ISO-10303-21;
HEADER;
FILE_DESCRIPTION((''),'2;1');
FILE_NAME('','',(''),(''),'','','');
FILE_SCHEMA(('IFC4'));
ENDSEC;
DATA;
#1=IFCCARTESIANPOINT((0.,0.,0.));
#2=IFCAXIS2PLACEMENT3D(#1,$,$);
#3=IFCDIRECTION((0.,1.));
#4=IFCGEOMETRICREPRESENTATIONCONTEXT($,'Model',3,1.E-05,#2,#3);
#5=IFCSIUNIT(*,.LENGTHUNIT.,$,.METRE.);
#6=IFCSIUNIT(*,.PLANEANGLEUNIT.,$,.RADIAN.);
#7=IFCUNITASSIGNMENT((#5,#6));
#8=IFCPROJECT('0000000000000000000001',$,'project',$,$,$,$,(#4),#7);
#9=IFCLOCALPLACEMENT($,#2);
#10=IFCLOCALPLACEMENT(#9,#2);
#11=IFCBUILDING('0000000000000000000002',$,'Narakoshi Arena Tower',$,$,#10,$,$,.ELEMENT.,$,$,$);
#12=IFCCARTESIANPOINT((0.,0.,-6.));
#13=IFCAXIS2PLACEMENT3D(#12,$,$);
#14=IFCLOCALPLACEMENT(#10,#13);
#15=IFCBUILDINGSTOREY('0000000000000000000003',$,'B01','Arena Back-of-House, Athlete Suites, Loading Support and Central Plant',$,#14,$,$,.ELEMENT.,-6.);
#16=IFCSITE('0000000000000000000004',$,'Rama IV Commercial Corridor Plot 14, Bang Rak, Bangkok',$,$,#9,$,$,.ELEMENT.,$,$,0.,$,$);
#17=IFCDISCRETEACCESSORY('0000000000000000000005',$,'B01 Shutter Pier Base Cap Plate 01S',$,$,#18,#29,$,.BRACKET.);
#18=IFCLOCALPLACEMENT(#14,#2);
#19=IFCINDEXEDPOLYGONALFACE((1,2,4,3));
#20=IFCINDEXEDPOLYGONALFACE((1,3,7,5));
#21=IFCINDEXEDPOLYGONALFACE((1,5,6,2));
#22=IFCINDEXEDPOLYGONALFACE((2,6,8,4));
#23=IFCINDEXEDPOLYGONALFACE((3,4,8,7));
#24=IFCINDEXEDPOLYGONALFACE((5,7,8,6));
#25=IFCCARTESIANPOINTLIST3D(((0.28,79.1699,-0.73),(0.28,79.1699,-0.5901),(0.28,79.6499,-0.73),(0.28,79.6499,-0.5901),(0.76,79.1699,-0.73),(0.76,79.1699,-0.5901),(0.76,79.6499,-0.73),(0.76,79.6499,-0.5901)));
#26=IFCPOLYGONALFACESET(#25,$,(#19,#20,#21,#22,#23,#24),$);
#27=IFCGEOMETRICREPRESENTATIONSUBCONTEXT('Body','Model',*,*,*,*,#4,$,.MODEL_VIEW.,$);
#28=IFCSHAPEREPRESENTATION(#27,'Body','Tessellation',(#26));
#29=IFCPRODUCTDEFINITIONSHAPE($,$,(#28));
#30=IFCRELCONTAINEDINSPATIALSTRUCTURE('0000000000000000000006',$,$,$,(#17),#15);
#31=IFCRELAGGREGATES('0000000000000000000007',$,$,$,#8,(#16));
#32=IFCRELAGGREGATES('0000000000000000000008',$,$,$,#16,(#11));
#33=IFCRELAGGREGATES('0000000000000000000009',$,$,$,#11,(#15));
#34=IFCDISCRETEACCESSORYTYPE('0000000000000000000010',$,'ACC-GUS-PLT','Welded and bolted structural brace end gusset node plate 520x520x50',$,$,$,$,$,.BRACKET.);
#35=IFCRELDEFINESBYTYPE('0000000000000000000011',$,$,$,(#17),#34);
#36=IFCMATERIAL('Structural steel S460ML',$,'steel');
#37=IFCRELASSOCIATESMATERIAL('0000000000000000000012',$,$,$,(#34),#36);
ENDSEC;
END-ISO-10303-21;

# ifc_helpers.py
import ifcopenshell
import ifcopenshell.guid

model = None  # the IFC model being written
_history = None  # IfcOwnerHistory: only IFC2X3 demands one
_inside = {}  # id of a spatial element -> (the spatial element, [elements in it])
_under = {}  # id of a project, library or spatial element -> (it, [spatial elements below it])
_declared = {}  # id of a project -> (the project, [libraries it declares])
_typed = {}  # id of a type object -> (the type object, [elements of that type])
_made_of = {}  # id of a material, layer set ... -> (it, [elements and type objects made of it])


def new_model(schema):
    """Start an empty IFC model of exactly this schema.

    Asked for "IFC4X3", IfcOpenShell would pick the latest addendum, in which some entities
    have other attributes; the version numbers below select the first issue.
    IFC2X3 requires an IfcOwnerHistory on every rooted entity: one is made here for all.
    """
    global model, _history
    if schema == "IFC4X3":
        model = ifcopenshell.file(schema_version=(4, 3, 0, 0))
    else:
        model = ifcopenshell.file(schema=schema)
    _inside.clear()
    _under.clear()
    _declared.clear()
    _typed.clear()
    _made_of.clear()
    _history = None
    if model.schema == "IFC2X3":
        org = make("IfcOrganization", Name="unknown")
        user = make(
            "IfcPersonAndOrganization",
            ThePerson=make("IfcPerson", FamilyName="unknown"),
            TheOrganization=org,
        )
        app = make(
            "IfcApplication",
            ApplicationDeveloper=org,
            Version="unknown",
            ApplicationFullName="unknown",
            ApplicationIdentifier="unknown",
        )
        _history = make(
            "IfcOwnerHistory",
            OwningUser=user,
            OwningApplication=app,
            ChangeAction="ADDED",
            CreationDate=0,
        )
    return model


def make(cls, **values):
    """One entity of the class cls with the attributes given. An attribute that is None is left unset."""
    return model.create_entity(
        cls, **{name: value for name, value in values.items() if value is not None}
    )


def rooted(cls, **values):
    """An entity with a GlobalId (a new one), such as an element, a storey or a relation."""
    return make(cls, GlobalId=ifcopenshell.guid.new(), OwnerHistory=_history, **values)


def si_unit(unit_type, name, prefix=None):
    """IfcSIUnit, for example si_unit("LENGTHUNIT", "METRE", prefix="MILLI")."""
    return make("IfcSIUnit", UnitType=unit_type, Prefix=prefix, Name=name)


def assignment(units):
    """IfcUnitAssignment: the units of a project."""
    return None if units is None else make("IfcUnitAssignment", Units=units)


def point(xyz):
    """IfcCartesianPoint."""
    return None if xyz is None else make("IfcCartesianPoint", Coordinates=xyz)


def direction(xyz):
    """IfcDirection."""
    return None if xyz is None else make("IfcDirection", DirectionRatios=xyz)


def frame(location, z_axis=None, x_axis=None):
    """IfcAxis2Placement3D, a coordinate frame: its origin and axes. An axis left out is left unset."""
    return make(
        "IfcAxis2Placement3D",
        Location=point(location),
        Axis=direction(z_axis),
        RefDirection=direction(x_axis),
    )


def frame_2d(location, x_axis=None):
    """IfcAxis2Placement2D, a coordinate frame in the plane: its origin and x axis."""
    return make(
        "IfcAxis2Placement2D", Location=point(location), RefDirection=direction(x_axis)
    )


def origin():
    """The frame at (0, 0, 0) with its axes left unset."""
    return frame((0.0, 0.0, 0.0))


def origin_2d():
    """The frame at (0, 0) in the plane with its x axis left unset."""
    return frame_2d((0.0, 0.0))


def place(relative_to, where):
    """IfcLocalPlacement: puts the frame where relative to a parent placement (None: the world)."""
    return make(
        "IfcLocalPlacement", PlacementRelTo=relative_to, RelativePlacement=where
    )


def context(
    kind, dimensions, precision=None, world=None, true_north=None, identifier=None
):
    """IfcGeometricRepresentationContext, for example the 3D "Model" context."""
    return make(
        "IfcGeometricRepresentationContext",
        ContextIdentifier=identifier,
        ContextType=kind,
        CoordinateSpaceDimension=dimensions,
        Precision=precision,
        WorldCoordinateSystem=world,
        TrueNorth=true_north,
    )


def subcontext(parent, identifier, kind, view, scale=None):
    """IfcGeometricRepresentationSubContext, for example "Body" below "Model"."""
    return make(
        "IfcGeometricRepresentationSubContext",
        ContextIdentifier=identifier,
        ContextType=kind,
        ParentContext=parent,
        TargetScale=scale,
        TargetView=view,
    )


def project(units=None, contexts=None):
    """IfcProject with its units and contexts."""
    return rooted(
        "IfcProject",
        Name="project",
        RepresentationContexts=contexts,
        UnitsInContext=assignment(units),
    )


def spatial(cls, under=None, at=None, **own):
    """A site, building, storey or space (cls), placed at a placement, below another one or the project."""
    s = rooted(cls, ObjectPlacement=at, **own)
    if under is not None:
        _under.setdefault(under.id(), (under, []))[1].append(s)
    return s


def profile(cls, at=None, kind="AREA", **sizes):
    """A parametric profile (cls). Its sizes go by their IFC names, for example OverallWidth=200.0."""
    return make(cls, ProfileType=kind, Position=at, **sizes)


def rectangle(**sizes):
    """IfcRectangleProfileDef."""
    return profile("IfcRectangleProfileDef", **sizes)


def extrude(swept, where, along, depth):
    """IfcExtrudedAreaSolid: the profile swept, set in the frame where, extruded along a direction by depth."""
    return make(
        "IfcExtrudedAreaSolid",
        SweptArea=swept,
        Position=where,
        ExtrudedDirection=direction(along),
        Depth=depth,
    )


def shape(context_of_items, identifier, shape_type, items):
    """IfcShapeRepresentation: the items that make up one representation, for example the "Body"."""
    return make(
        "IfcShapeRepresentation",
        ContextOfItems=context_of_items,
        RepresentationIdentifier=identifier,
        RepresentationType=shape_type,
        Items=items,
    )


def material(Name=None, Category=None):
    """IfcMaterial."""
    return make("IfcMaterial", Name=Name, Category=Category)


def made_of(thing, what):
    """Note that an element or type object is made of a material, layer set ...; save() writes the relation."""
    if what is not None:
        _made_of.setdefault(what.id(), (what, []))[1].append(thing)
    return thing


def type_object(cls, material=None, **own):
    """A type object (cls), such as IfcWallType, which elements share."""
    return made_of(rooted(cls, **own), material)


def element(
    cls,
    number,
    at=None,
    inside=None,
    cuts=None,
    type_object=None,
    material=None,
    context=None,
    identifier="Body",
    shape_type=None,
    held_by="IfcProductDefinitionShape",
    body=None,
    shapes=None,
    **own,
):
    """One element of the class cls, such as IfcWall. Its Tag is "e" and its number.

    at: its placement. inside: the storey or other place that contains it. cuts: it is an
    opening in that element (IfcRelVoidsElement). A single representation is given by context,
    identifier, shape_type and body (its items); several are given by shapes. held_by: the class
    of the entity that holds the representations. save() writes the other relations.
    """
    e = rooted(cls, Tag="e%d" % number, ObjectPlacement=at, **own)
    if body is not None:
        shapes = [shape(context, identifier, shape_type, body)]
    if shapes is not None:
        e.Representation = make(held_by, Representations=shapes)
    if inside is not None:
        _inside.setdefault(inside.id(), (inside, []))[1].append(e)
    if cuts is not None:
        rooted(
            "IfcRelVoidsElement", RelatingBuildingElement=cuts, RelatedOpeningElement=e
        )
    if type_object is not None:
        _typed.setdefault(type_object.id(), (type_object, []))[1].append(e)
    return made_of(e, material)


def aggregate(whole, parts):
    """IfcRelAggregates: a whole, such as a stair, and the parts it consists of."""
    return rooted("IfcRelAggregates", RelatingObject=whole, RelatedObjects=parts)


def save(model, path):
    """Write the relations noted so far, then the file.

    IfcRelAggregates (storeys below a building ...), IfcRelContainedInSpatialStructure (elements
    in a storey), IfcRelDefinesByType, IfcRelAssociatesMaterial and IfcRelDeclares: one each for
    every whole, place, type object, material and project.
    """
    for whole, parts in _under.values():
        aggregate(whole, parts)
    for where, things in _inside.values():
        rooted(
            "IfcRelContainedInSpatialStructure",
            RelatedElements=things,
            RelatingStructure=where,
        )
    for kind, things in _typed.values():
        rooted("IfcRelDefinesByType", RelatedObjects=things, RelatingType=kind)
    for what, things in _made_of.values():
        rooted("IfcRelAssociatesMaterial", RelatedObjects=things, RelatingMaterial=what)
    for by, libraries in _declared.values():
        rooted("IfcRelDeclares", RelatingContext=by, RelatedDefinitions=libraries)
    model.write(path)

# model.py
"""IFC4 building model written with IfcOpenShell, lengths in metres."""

from ifc_helpers import new_model, si_unit, direction, frame, origin, origin_2d, place, context, subcontext, project, spatial, rectangle, extrude, material, type_object, element, save


model = new_model("IFC4")

# Units and contexts
model_context = context("Model", 3, precision=1e-05, world=origin(), true_north=direction((0.0, 1.0)))
body_context = subcontext(model_context, "Body", "Model", "MODEL_VIEW")
ifc_project = project(units=[si_unit("LENGTHUNIT", "METRE"), si_unit("PLANEANGLEUNIT", "RADIAN")], contexts=[model_context])

# Site, building, storey
site_placement = place(None, origin())
site = spatial("IfcSite", under=ifc_project, at=site_placement, Name="Rama IV Commercial Corridor Plot 14, Bang Rak, Bangkok", CompositionType="ELEMENT", RefElevation=0.0)
building_placement = place(site_placement, origin())
building = spatial("IfcBuilding", under=site, at=building_placement, Name="Narakoshi Arena Tower", CompositionType="ELEMENT")
storey_placement = place(building_placement, frame((0.0, 0.0, -6.0)))
storey = spatial("IfcBuildingStorey", under=building, at=storey_placement, Name="B01", Description="Arena Back-of-House, Athlete Suites, Loading Support and Central Plant", CompositionType="ELEMENT", Elevation=-6.0)

# Discrete accessory
ifc_material_1 = material(Name="Structural steel S460ML", Category="steel")
discrete_accessory_type = type_object("IfcDiscreteAccessoryType", Name="ACC-GUS-PLT", Description="Welded and bolted structural brace end gusset node plate 520x520x50", PredefinedType="BRACKET", material=ifc_material_1)
for number, where, z_axis, x_axis, name in (
    (1, (0.52, 79.4099, -0.73), (0.0, 0.0, 1.0), (1.0, 0.0, 0.0), "B01 Shutter Pier Base Cap Plate 01S"),
):
    element("IfcDiscreteAccessory", number, at=place(storey_placement, frame(where, z_axis=z_axis, x_axis=x_axis)), inside=storey, type_object=discrete_accessory_type, Name=name, PredefinedType="BRACKET", context=body_context, shape_type="SweptSolid", body=[
        extrude(rectangle(XDim=0.48, YDim=0.48, at=origin_2d()), origin(), (0.0, 0.0, 1.0), 0.1399),
    ])

save(model, "model.ifc")
